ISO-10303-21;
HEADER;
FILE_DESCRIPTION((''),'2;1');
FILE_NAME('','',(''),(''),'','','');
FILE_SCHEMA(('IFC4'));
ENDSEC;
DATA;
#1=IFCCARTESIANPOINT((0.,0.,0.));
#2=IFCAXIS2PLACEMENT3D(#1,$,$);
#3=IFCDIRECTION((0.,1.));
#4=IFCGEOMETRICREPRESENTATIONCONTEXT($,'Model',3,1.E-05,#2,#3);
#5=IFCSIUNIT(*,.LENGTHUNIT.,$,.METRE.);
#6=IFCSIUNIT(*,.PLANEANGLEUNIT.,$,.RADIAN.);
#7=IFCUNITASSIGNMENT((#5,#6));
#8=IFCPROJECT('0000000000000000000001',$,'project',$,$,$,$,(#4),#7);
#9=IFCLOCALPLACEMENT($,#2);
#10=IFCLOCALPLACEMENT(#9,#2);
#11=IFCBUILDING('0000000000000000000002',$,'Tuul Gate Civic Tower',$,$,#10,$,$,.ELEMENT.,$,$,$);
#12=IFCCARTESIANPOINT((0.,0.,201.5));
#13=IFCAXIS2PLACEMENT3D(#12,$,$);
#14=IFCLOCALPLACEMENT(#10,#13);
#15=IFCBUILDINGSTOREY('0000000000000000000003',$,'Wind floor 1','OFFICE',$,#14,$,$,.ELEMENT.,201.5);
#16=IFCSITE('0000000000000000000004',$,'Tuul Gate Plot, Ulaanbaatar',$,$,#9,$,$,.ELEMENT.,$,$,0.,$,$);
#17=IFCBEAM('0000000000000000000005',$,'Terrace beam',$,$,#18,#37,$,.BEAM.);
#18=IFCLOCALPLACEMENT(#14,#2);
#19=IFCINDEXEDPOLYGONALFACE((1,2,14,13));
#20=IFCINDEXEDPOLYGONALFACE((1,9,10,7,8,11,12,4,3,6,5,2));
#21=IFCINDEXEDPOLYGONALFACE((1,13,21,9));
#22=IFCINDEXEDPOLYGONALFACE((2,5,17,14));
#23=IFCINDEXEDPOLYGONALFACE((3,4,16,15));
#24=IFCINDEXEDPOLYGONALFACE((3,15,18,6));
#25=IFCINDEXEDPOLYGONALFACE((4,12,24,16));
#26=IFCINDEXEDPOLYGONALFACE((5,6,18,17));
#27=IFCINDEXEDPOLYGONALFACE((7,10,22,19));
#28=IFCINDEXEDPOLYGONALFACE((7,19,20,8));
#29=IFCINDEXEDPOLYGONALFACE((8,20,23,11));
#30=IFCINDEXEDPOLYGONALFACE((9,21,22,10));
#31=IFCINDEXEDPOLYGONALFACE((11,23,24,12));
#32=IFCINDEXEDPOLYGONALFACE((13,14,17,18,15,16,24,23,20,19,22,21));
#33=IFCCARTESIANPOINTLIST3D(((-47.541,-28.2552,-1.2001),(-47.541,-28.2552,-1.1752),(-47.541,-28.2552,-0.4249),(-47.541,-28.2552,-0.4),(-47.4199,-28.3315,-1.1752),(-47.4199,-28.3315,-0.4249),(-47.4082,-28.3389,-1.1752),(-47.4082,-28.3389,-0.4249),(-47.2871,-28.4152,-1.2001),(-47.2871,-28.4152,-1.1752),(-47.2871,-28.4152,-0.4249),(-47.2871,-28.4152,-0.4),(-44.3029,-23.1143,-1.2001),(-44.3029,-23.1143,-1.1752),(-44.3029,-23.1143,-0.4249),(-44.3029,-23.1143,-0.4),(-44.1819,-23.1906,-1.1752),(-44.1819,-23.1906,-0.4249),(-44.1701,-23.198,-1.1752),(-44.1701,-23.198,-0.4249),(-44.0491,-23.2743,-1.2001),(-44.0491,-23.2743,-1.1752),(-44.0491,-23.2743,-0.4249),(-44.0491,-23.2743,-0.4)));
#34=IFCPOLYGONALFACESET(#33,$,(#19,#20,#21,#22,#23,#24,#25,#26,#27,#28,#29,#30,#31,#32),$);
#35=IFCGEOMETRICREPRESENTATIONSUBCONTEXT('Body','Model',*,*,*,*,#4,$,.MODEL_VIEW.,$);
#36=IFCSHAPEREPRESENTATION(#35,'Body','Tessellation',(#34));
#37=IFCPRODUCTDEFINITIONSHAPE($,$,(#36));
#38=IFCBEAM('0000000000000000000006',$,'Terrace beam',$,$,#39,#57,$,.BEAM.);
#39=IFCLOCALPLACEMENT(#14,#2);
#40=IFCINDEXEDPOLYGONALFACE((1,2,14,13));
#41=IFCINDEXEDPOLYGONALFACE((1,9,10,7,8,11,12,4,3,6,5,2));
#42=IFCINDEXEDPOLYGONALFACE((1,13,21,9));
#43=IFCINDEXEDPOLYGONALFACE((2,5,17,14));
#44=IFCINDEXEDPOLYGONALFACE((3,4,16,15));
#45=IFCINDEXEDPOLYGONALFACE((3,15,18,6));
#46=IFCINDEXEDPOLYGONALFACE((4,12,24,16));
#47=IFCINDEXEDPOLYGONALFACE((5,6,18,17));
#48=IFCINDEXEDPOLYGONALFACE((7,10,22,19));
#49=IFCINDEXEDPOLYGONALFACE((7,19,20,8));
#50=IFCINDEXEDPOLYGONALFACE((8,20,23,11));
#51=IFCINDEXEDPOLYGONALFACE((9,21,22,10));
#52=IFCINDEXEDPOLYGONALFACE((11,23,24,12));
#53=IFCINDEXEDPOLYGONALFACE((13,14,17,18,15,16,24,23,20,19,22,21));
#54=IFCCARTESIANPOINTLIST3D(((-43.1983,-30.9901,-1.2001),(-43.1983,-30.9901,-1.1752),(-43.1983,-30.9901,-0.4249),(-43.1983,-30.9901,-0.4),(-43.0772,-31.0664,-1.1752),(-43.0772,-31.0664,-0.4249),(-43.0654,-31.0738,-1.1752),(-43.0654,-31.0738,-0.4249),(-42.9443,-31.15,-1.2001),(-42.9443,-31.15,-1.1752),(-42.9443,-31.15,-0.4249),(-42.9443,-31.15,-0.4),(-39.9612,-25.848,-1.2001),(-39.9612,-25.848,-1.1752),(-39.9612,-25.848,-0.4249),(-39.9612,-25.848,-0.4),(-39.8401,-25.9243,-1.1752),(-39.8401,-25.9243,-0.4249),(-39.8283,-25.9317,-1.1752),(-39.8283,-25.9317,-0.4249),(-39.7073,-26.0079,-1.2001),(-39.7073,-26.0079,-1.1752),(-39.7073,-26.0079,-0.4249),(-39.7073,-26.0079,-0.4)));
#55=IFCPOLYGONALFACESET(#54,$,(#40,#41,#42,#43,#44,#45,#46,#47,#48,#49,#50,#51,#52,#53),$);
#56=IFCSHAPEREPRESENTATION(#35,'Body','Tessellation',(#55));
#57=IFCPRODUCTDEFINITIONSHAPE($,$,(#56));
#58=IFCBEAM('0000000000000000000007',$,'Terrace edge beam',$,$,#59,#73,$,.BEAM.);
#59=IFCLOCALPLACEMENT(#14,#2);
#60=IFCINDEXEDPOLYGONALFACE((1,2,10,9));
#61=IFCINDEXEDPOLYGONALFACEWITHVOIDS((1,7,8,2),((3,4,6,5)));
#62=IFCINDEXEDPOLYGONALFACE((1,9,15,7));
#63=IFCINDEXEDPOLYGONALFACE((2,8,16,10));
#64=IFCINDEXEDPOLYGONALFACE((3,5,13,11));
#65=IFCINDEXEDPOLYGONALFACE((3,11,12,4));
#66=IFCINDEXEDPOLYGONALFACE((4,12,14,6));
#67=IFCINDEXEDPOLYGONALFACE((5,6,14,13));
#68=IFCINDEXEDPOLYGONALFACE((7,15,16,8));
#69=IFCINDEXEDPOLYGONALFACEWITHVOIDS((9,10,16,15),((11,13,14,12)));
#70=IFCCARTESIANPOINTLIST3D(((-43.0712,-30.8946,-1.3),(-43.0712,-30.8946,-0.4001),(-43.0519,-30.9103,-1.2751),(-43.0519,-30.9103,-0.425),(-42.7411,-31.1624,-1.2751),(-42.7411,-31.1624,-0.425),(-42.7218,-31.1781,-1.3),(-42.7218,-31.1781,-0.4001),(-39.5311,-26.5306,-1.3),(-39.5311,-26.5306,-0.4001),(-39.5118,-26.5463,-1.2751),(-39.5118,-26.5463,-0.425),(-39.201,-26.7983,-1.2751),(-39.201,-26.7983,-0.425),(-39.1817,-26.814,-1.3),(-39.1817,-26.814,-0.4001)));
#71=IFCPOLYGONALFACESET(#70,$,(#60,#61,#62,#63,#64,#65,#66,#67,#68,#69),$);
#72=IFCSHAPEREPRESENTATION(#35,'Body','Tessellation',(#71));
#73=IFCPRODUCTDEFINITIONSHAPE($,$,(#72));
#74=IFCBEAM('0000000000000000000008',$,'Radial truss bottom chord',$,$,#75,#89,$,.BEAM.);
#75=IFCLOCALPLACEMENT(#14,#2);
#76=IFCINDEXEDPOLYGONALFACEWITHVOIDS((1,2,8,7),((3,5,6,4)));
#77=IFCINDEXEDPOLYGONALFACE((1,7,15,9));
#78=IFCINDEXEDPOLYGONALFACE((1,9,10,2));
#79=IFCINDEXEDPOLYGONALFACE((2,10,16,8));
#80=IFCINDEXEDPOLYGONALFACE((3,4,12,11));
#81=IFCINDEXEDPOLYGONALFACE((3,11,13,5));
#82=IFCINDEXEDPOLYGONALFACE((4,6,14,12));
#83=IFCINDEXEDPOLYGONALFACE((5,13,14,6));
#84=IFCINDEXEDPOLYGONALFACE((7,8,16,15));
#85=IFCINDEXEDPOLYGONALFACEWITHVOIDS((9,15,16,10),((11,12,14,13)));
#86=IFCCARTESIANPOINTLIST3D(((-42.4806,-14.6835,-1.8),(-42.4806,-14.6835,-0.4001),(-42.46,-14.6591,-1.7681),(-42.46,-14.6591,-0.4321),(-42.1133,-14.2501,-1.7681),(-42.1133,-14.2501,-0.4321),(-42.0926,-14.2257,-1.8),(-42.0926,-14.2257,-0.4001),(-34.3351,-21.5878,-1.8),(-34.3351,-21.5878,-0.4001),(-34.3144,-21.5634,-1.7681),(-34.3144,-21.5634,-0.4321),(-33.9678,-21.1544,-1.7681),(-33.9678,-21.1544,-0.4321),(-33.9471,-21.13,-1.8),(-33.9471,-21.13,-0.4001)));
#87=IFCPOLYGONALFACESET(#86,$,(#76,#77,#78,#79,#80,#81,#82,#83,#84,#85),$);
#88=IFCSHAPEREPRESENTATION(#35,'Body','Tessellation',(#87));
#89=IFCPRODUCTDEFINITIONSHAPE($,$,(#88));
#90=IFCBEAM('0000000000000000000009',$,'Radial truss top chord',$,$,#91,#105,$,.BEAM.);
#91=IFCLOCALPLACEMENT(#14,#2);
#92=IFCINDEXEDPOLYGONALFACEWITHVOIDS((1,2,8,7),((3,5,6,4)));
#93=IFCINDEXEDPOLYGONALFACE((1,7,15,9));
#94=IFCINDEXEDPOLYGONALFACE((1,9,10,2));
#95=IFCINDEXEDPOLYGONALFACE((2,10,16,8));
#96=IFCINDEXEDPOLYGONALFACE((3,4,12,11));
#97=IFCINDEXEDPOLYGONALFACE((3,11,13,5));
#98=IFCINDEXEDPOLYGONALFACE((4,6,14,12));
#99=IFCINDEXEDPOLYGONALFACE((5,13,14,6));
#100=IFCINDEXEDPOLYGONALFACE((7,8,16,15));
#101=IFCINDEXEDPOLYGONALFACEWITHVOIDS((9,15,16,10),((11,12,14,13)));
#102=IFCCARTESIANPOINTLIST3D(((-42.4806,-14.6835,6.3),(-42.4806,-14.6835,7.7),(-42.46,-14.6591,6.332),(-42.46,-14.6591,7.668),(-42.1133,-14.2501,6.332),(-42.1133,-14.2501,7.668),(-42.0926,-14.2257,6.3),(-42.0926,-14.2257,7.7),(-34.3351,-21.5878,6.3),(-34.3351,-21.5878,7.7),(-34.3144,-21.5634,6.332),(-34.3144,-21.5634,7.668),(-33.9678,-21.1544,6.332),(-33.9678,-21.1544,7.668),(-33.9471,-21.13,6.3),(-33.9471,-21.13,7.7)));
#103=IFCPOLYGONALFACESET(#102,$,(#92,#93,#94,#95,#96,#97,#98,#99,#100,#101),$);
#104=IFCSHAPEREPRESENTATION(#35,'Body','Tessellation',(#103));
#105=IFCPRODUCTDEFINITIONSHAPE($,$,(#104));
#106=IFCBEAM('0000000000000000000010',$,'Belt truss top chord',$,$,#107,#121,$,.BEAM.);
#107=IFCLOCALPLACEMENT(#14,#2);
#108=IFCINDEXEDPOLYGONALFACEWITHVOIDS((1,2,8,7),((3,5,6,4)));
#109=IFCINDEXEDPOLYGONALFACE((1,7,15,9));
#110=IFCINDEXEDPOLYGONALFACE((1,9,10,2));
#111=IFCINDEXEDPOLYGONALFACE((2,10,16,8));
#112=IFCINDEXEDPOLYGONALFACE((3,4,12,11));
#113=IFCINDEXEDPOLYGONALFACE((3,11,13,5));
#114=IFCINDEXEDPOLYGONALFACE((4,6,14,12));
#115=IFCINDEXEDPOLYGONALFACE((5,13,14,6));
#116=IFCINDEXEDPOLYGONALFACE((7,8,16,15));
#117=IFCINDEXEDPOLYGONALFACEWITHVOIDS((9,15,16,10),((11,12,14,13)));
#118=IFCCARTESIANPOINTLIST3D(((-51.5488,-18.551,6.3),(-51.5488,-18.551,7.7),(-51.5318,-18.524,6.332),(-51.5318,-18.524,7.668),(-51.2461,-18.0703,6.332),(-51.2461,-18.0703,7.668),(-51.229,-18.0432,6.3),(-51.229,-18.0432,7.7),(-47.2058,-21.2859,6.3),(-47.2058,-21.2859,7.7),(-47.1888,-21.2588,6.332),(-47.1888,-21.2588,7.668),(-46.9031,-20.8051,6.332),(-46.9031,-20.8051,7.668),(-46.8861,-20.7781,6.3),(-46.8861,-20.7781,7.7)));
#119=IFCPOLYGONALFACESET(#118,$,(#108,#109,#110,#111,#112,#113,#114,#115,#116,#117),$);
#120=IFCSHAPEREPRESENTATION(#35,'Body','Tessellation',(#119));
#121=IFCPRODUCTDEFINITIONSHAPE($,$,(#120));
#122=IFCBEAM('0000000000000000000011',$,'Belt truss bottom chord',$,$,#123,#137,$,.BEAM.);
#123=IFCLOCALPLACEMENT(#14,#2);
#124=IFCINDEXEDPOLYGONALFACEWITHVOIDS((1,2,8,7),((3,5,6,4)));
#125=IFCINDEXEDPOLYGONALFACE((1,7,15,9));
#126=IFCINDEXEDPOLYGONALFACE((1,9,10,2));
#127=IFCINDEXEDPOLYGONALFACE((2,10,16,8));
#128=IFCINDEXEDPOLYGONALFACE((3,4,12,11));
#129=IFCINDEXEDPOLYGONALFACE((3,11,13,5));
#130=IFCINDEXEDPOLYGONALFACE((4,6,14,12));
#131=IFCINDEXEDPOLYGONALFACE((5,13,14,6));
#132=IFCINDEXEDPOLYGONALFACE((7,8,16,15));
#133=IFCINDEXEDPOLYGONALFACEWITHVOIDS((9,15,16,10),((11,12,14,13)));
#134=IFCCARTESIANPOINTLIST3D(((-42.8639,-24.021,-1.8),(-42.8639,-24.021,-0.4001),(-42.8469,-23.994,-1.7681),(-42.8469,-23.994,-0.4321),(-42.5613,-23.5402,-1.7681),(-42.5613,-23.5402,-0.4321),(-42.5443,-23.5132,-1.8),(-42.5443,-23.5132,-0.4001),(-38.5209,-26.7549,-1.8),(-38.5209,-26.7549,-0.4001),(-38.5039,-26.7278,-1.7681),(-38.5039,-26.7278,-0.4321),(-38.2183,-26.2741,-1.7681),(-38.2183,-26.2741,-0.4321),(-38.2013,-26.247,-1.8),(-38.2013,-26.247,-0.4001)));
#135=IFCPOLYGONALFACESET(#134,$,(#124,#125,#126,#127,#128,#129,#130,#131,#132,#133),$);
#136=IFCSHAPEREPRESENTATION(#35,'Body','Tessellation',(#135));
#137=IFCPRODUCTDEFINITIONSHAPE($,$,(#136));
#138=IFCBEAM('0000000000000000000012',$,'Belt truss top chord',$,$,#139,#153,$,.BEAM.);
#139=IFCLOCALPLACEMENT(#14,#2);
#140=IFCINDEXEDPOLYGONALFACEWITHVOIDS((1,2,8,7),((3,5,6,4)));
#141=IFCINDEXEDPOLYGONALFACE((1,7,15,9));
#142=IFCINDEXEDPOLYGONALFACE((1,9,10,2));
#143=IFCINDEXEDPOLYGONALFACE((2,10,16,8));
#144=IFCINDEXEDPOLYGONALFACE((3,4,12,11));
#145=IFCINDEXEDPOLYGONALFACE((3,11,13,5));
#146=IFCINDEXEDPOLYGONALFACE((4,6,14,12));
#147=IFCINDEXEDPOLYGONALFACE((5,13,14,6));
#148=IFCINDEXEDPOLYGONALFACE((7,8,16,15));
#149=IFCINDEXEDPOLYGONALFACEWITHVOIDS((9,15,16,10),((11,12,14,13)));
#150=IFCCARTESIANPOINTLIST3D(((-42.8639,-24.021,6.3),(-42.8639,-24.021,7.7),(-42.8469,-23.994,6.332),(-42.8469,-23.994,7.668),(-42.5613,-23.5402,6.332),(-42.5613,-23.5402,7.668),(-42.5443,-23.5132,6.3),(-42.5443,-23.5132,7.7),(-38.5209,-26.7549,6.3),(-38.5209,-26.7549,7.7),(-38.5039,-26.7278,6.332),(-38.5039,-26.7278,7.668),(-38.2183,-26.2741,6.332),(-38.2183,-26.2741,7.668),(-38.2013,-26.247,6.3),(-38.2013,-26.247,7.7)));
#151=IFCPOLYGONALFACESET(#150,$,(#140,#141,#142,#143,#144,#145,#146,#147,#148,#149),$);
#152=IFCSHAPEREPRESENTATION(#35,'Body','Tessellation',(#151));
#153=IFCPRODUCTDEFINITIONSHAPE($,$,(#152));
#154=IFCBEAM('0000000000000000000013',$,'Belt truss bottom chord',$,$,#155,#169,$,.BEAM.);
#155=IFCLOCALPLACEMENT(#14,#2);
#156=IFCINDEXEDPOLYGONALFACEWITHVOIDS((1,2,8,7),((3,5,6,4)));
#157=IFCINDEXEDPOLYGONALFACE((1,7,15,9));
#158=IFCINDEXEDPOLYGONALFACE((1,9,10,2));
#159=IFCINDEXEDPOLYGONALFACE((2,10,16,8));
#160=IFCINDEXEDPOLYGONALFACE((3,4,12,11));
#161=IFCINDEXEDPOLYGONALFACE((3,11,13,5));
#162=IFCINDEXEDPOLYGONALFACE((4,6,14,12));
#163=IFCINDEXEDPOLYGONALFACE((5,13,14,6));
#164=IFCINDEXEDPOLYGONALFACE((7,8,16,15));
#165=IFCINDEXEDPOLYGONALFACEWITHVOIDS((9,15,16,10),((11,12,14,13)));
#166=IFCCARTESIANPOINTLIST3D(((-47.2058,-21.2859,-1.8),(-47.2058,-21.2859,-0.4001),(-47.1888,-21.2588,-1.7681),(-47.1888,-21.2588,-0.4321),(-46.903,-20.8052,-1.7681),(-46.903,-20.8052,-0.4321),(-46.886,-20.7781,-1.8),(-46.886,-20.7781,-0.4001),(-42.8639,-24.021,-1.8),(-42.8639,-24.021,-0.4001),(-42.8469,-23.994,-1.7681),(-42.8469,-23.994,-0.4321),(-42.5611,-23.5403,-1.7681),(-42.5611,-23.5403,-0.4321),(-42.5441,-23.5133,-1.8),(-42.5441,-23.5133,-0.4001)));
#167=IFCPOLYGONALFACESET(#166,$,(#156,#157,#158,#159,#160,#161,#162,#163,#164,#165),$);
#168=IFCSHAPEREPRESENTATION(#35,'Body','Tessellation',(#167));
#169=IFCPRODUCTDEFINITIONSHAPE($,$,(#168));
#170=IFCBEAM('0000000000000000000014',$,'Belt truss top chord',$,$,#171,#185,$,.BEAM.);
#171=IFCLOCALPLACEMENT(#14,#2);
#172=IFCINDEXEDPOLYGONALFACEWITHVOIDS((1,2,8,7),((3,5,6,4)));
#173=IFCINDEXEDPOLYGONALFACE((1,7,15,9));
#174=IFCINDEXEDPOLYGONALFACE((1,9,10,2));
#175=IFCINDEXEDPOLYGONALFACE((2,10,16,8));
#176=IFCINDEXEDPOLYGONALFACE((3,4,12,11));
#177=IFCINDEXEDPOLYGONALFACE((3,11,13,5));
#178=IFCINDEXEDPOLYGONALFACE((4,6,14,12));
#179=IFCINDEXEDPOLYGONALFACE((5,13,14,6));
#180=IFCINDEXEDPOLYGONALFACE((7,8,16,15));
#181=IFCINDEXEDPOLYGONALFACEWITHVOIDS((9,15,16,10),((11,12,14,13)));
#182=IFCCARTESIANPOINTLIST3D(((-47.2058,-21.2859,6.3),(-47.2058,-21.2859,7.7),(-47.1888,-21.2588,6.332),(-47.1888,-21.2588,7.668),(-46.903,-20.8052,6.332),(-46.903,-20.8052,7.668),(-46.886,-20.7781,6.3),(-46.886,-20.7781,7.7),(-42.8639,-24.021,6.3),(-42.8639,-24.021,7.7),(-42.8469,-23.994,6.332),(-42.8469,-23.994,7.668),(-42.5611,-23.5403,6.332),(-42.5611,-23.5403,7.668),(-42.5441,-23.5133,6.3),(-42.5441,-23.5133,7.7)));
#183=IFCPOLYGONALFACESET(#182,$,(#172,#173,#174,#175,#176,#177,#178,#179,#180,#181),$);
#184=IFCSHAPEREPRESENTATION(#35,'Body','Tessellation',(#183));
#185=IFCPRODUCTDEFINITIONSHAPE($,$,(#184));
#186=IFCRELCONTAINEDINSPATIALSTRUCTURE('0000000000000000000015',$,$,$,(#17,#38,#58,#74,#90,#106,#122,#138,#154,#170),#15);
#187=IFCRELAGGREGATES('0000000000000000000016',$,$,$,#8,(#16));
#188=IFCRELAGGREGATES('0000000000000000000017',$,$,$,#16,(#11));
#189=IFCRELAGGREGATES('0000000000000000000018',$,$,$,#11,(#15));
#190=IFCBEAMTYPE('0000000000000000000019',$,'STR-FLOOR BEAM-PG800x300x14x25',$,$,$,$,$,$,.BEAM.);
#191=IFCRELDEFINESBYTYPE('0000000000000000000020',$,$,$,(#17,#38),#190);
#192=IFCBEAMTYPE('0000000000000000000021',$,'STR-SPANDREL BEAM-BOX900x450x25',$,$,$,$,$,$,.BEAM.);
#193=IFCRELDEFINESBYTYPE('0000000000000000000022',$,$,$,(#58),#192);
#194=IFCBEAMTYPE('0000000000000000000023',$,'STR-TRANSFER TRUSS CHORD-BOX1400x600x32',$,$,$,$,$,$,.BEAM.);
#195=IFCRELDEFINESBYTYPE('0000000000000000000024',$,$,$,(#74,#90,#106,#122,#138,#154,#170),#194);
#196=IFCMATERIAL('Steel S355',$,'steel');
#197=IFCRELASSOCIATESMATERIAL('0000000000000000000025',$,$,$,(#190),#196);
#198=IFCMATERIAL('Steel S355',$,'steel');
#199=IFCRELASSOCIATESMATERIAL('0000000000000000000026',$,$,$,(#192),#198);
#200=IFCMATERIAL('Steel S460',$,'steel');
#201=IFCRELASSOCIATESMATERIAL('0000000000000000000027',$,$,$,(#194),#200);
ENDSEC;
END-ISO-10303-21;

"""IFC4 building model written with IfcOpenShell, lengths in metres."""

from ifc_helpers import new_model, si_unit, direction, frame, origin, origin_2d, place, context, subcontext, project, spatial, hollow_rectangle, i_section, extrude, material, material_profile, profile_set, type_object, element, save


model = new_model("IFC4")

# Units and contexts
model_context = context("Model", 3, precision=1e-05, world=origin(), true_north=direction((0.0, 1.0)))
body_context = subcontext(model_context, "Body", "Model", "MODEL_VIEW")
ifc_project = project(units=[si_unit("LENGTHUNIT", "METRE"), si_unit("PLANEANGLEUNIT", "RADIAN")], contexts=[model_context])

# Site, building, storey
site_placement = place(None, origin())
site = spatial("IfcSite", under=ifc_project, at=site_placement, Name="Tuul Gate Plot, Ulaanbaatar", CompositionType="ELEMENT", RefElevation=0.0)
building_placement = place(site_placement, origin())
building = spatial("IfcBuilding", under=site, at=building_placement, Name="Tuul Gate Civic Tower", CompositionType="ELEMENT")
storey_placement = place(building_placement, frame((0.0, 0.0, 201.5)))
storey = spatial("IfcBuildingStorey", under=building, at=storey_placement, Name="Wind floor 1", Description="OFFICE", CompositionType="ELEMENT", Elevation=201.5)

# Beams
ifc_material_1 = material(Name="Steel S355", Category="steel")
ifc_material_profile_1 = material_profile(ifc_material_1, i_section(OverallWidth=0.3, OverallDepth=0.8, WebThickness=0.0139, FlangeThickness=0.0249, at=origin_2d()), Name="PG800x300x14x25")
ifc_profile_set_1 = profile_set([ifc_material_profile_1], Name="Steel S355")
beam_type_1 = type_object("IfcBeamType", Name="STR-FLOOR BEAM-PG800x300x14x25", PredefinedType="BEAM", material=ifc_profile_set_1)
beam_1_placement = place(storey_placement, frame((-47.4141, -28.3352, -0.8), z_axis=(0.532954, 0.846144, 0.0), x_axis=(-0.846144, 0.532954, 0.0)))
element("IfcBeam", 1, at=beam_1_placement, inside=storey, type_object=beam_type_1, Name="Terrace beam", PredefinedType="BEAM", context=body_context, shape_type="SweptSolid", body=[
    extrude(i_section(OverallWidth=0.3, OverallDepth=0.8, WebThickness=0.0139, FlangeThickness=0.0249, at=origin_2d()), origin(), (0.0, 0.0, 1.0), 6.0757),
])
beam_2_placement = place(storey_placement, frame((-43.0713, -31.0701, -0.8), z_axis=(0.532748, 0.846274, 0.0), x_axis=(-0.846274, 0.532748, 0.0)))
element("IfcBeam", 2, at=beam_2_placement, inside=storey, type_object=beam_type_1, Name="Terrace beam", PredefinedType="BEAM", context=body_context, shape_type="SweptSolid", body=[
    extrude(i_section(OverallWidth=0.3, OverallDepth=0.8, WebThickness=0.0139, FlangeThickness=0.0249, at=origin_2d()), origin(), (0.0, 0.0, 1.0), 6.0762),
])
ifc_material_2 = material(Name="Steel S355", Category="steel")
ifc_material_profile_2 = material_profile(ifc_material_2, hollow_rectangle(XDim=0.45, YDim=0.8999, WallThickness=0.0249, at=origin_2d()), Name="BOX900x450x25")
ifc_profile_set_2 = profile_set([ifc_material_profile_2], Name="Steel S355")
beam_type_2 = type_object("IfcBeamType", Name="STR-SPANDREL BEAM-BOX900x450x25", PredefinedType="BEAM", material=ifc_profile_set_2)
beam_3_placement = place(storey_placement, frame((-42.8965, -31.0364, -0.8501), z_axis=(0.629979, 0.776612, 0.0), x_axis=(-0.776612, 0.629979, 0.0)))
element("IfcBeam", 3, at=beam_3_placement, inside=storey, type_object=beam_type_2, Name="Terrace edge beam", PredefinedType="BEAM", context=body_context, shape_type="SweptSolid", body=[
    extrude(hollow_rectangle(XDim=0.45, YDim=0.8999, WallThickness=0.0249, at=origin_2d()), origin(), (0.0, 0.0, 1.0), 5.6194),
])
ifc_material_3 = material(Name="Steel S460", Category="steel")
ifc_material_profile_3 = material_profile(ifc_material_3, hollow_rectangle(XDim=0.6001, YDim=1.3999, WallThickness=0.032, at=origin_2d()), Name="BOX1400x600x32")
ifc_profile_set_3 = profile_set([ifc_material_profile_3], Name="Steel S460")
beam_type_3 = type_object("IfcBeamType", Name="STR-TRANSFER TRUSS CHORD-BOX1400x600x32", PredefinedType="BEAM", material=ifc_profile_set_3)
for number, where, z_axis, x_axis, name in (
    (4, (-42.2866, -14.4546, -1.1001), (0.762834, -0.646594, 0.0), (0.646594, 0.762834, 0.0), "Radial truss bottom chord"),
    (5, (-42.2866, -14.4546, 7.0), (0.762834, -0.646594, 0.0), (0.646594, 0.762834, 0.0), "Radial truss top chord"),
):
    element("IfcBeam", number, at=place(storey_placement, frame(where, z_axis=z_axis, x_axis=x_axis)), inside=storey, type_object=beam_type_3, Name=name, PredefinedType="BEAM", context=body_context, shape_type="SweptSolid", body=[
        extrude(hollow_rectangle(XDim=0.6001, YDim=1.3999, WallThickness=0.032, at=origin_2d()), origin(), (0.0, 0.0, 1.0), 10.678),
    ])
beam_4_placement = place(storey_placement, frame((-51.3889, -18.2971, 7.0), z_axis=(0.8462, -0.532865, 0.0), x_axis=(0.532865, 0.8462, 0.0)))
element("IfcBeam", 6, at=beam_4_placement, inside=storey, type_object=beam_type_3, Name="Belt truss top chord", PredefinedType="BEAM", context=body_context, shape_type="SweptSolid", body=[
    extrude(hollow_rectangle(XDim=0.6001, YDim=1.3999, WallThickness=0.032, at=origin_2d()), origin(), (0.0, 0.0, 1.0), 5.1323),
])
for number, where, z_axis, x_axis, name in (
    (7, (-42.7041, -23.7671, -1.1001), (0.846286, -0.532729, 0.0), (0.532729, 0.846286, 0.0), "Belt truss bottom chord"),
    (8, (-42.7041, -23.7671, 7.0), (0.846286, -0.532729, 0.0), (0.532729, 0.846286, 0.0), "Belt truss top chord"),
):
    element("IfcBeam", number, at=place(storey_placement, frame(where, z_axis=z_axis, x_axis=x_axis)), inside=storey, type_object=beam_type_3, Name=name, PredefinedType="BEAM", context=body_context, shape_type="SweptSolid", body=[
        extrude(hollow_rectangle(XDim=0.6001, YDim=1.3999, WallThickness=0.032, at=origin_2d()), origin(), (0.0, 0.0, 1.0), 5.1318),
    ])
for number, where, z_axis, x_axis, name in (
    (9, (-47.0459, -21.032, -1.1001), (0.846111, -0.533006, 0.0), (0.533006, 0.846111, 0.0), "Belt truss bottom chord"),
    (10, (-47.0459, -21.032, 7.0), (0.846111, -0.533006, 0.0), (0.533006, 0.846111, 0.0), "Belt truss top chord"),
):
    element("IfcBeam", number, at=place(storey_placement, frame(where, z_axis=z_axis, x_axis=x_axis)), inside=storey, type_object=beam_type_3, Name=name, PredefinedType="BEAM", context=body_context, shape_type="SweptSolid", body=[
        extrude(hollow_rectangle(XDim=0.6001, YDim=1.3999, WallThickness=0.032, at=origin_2d()), origin(), (0.0, 0.0, 1.0), 5.1316),
    ])

save(model, "model.ifc")
